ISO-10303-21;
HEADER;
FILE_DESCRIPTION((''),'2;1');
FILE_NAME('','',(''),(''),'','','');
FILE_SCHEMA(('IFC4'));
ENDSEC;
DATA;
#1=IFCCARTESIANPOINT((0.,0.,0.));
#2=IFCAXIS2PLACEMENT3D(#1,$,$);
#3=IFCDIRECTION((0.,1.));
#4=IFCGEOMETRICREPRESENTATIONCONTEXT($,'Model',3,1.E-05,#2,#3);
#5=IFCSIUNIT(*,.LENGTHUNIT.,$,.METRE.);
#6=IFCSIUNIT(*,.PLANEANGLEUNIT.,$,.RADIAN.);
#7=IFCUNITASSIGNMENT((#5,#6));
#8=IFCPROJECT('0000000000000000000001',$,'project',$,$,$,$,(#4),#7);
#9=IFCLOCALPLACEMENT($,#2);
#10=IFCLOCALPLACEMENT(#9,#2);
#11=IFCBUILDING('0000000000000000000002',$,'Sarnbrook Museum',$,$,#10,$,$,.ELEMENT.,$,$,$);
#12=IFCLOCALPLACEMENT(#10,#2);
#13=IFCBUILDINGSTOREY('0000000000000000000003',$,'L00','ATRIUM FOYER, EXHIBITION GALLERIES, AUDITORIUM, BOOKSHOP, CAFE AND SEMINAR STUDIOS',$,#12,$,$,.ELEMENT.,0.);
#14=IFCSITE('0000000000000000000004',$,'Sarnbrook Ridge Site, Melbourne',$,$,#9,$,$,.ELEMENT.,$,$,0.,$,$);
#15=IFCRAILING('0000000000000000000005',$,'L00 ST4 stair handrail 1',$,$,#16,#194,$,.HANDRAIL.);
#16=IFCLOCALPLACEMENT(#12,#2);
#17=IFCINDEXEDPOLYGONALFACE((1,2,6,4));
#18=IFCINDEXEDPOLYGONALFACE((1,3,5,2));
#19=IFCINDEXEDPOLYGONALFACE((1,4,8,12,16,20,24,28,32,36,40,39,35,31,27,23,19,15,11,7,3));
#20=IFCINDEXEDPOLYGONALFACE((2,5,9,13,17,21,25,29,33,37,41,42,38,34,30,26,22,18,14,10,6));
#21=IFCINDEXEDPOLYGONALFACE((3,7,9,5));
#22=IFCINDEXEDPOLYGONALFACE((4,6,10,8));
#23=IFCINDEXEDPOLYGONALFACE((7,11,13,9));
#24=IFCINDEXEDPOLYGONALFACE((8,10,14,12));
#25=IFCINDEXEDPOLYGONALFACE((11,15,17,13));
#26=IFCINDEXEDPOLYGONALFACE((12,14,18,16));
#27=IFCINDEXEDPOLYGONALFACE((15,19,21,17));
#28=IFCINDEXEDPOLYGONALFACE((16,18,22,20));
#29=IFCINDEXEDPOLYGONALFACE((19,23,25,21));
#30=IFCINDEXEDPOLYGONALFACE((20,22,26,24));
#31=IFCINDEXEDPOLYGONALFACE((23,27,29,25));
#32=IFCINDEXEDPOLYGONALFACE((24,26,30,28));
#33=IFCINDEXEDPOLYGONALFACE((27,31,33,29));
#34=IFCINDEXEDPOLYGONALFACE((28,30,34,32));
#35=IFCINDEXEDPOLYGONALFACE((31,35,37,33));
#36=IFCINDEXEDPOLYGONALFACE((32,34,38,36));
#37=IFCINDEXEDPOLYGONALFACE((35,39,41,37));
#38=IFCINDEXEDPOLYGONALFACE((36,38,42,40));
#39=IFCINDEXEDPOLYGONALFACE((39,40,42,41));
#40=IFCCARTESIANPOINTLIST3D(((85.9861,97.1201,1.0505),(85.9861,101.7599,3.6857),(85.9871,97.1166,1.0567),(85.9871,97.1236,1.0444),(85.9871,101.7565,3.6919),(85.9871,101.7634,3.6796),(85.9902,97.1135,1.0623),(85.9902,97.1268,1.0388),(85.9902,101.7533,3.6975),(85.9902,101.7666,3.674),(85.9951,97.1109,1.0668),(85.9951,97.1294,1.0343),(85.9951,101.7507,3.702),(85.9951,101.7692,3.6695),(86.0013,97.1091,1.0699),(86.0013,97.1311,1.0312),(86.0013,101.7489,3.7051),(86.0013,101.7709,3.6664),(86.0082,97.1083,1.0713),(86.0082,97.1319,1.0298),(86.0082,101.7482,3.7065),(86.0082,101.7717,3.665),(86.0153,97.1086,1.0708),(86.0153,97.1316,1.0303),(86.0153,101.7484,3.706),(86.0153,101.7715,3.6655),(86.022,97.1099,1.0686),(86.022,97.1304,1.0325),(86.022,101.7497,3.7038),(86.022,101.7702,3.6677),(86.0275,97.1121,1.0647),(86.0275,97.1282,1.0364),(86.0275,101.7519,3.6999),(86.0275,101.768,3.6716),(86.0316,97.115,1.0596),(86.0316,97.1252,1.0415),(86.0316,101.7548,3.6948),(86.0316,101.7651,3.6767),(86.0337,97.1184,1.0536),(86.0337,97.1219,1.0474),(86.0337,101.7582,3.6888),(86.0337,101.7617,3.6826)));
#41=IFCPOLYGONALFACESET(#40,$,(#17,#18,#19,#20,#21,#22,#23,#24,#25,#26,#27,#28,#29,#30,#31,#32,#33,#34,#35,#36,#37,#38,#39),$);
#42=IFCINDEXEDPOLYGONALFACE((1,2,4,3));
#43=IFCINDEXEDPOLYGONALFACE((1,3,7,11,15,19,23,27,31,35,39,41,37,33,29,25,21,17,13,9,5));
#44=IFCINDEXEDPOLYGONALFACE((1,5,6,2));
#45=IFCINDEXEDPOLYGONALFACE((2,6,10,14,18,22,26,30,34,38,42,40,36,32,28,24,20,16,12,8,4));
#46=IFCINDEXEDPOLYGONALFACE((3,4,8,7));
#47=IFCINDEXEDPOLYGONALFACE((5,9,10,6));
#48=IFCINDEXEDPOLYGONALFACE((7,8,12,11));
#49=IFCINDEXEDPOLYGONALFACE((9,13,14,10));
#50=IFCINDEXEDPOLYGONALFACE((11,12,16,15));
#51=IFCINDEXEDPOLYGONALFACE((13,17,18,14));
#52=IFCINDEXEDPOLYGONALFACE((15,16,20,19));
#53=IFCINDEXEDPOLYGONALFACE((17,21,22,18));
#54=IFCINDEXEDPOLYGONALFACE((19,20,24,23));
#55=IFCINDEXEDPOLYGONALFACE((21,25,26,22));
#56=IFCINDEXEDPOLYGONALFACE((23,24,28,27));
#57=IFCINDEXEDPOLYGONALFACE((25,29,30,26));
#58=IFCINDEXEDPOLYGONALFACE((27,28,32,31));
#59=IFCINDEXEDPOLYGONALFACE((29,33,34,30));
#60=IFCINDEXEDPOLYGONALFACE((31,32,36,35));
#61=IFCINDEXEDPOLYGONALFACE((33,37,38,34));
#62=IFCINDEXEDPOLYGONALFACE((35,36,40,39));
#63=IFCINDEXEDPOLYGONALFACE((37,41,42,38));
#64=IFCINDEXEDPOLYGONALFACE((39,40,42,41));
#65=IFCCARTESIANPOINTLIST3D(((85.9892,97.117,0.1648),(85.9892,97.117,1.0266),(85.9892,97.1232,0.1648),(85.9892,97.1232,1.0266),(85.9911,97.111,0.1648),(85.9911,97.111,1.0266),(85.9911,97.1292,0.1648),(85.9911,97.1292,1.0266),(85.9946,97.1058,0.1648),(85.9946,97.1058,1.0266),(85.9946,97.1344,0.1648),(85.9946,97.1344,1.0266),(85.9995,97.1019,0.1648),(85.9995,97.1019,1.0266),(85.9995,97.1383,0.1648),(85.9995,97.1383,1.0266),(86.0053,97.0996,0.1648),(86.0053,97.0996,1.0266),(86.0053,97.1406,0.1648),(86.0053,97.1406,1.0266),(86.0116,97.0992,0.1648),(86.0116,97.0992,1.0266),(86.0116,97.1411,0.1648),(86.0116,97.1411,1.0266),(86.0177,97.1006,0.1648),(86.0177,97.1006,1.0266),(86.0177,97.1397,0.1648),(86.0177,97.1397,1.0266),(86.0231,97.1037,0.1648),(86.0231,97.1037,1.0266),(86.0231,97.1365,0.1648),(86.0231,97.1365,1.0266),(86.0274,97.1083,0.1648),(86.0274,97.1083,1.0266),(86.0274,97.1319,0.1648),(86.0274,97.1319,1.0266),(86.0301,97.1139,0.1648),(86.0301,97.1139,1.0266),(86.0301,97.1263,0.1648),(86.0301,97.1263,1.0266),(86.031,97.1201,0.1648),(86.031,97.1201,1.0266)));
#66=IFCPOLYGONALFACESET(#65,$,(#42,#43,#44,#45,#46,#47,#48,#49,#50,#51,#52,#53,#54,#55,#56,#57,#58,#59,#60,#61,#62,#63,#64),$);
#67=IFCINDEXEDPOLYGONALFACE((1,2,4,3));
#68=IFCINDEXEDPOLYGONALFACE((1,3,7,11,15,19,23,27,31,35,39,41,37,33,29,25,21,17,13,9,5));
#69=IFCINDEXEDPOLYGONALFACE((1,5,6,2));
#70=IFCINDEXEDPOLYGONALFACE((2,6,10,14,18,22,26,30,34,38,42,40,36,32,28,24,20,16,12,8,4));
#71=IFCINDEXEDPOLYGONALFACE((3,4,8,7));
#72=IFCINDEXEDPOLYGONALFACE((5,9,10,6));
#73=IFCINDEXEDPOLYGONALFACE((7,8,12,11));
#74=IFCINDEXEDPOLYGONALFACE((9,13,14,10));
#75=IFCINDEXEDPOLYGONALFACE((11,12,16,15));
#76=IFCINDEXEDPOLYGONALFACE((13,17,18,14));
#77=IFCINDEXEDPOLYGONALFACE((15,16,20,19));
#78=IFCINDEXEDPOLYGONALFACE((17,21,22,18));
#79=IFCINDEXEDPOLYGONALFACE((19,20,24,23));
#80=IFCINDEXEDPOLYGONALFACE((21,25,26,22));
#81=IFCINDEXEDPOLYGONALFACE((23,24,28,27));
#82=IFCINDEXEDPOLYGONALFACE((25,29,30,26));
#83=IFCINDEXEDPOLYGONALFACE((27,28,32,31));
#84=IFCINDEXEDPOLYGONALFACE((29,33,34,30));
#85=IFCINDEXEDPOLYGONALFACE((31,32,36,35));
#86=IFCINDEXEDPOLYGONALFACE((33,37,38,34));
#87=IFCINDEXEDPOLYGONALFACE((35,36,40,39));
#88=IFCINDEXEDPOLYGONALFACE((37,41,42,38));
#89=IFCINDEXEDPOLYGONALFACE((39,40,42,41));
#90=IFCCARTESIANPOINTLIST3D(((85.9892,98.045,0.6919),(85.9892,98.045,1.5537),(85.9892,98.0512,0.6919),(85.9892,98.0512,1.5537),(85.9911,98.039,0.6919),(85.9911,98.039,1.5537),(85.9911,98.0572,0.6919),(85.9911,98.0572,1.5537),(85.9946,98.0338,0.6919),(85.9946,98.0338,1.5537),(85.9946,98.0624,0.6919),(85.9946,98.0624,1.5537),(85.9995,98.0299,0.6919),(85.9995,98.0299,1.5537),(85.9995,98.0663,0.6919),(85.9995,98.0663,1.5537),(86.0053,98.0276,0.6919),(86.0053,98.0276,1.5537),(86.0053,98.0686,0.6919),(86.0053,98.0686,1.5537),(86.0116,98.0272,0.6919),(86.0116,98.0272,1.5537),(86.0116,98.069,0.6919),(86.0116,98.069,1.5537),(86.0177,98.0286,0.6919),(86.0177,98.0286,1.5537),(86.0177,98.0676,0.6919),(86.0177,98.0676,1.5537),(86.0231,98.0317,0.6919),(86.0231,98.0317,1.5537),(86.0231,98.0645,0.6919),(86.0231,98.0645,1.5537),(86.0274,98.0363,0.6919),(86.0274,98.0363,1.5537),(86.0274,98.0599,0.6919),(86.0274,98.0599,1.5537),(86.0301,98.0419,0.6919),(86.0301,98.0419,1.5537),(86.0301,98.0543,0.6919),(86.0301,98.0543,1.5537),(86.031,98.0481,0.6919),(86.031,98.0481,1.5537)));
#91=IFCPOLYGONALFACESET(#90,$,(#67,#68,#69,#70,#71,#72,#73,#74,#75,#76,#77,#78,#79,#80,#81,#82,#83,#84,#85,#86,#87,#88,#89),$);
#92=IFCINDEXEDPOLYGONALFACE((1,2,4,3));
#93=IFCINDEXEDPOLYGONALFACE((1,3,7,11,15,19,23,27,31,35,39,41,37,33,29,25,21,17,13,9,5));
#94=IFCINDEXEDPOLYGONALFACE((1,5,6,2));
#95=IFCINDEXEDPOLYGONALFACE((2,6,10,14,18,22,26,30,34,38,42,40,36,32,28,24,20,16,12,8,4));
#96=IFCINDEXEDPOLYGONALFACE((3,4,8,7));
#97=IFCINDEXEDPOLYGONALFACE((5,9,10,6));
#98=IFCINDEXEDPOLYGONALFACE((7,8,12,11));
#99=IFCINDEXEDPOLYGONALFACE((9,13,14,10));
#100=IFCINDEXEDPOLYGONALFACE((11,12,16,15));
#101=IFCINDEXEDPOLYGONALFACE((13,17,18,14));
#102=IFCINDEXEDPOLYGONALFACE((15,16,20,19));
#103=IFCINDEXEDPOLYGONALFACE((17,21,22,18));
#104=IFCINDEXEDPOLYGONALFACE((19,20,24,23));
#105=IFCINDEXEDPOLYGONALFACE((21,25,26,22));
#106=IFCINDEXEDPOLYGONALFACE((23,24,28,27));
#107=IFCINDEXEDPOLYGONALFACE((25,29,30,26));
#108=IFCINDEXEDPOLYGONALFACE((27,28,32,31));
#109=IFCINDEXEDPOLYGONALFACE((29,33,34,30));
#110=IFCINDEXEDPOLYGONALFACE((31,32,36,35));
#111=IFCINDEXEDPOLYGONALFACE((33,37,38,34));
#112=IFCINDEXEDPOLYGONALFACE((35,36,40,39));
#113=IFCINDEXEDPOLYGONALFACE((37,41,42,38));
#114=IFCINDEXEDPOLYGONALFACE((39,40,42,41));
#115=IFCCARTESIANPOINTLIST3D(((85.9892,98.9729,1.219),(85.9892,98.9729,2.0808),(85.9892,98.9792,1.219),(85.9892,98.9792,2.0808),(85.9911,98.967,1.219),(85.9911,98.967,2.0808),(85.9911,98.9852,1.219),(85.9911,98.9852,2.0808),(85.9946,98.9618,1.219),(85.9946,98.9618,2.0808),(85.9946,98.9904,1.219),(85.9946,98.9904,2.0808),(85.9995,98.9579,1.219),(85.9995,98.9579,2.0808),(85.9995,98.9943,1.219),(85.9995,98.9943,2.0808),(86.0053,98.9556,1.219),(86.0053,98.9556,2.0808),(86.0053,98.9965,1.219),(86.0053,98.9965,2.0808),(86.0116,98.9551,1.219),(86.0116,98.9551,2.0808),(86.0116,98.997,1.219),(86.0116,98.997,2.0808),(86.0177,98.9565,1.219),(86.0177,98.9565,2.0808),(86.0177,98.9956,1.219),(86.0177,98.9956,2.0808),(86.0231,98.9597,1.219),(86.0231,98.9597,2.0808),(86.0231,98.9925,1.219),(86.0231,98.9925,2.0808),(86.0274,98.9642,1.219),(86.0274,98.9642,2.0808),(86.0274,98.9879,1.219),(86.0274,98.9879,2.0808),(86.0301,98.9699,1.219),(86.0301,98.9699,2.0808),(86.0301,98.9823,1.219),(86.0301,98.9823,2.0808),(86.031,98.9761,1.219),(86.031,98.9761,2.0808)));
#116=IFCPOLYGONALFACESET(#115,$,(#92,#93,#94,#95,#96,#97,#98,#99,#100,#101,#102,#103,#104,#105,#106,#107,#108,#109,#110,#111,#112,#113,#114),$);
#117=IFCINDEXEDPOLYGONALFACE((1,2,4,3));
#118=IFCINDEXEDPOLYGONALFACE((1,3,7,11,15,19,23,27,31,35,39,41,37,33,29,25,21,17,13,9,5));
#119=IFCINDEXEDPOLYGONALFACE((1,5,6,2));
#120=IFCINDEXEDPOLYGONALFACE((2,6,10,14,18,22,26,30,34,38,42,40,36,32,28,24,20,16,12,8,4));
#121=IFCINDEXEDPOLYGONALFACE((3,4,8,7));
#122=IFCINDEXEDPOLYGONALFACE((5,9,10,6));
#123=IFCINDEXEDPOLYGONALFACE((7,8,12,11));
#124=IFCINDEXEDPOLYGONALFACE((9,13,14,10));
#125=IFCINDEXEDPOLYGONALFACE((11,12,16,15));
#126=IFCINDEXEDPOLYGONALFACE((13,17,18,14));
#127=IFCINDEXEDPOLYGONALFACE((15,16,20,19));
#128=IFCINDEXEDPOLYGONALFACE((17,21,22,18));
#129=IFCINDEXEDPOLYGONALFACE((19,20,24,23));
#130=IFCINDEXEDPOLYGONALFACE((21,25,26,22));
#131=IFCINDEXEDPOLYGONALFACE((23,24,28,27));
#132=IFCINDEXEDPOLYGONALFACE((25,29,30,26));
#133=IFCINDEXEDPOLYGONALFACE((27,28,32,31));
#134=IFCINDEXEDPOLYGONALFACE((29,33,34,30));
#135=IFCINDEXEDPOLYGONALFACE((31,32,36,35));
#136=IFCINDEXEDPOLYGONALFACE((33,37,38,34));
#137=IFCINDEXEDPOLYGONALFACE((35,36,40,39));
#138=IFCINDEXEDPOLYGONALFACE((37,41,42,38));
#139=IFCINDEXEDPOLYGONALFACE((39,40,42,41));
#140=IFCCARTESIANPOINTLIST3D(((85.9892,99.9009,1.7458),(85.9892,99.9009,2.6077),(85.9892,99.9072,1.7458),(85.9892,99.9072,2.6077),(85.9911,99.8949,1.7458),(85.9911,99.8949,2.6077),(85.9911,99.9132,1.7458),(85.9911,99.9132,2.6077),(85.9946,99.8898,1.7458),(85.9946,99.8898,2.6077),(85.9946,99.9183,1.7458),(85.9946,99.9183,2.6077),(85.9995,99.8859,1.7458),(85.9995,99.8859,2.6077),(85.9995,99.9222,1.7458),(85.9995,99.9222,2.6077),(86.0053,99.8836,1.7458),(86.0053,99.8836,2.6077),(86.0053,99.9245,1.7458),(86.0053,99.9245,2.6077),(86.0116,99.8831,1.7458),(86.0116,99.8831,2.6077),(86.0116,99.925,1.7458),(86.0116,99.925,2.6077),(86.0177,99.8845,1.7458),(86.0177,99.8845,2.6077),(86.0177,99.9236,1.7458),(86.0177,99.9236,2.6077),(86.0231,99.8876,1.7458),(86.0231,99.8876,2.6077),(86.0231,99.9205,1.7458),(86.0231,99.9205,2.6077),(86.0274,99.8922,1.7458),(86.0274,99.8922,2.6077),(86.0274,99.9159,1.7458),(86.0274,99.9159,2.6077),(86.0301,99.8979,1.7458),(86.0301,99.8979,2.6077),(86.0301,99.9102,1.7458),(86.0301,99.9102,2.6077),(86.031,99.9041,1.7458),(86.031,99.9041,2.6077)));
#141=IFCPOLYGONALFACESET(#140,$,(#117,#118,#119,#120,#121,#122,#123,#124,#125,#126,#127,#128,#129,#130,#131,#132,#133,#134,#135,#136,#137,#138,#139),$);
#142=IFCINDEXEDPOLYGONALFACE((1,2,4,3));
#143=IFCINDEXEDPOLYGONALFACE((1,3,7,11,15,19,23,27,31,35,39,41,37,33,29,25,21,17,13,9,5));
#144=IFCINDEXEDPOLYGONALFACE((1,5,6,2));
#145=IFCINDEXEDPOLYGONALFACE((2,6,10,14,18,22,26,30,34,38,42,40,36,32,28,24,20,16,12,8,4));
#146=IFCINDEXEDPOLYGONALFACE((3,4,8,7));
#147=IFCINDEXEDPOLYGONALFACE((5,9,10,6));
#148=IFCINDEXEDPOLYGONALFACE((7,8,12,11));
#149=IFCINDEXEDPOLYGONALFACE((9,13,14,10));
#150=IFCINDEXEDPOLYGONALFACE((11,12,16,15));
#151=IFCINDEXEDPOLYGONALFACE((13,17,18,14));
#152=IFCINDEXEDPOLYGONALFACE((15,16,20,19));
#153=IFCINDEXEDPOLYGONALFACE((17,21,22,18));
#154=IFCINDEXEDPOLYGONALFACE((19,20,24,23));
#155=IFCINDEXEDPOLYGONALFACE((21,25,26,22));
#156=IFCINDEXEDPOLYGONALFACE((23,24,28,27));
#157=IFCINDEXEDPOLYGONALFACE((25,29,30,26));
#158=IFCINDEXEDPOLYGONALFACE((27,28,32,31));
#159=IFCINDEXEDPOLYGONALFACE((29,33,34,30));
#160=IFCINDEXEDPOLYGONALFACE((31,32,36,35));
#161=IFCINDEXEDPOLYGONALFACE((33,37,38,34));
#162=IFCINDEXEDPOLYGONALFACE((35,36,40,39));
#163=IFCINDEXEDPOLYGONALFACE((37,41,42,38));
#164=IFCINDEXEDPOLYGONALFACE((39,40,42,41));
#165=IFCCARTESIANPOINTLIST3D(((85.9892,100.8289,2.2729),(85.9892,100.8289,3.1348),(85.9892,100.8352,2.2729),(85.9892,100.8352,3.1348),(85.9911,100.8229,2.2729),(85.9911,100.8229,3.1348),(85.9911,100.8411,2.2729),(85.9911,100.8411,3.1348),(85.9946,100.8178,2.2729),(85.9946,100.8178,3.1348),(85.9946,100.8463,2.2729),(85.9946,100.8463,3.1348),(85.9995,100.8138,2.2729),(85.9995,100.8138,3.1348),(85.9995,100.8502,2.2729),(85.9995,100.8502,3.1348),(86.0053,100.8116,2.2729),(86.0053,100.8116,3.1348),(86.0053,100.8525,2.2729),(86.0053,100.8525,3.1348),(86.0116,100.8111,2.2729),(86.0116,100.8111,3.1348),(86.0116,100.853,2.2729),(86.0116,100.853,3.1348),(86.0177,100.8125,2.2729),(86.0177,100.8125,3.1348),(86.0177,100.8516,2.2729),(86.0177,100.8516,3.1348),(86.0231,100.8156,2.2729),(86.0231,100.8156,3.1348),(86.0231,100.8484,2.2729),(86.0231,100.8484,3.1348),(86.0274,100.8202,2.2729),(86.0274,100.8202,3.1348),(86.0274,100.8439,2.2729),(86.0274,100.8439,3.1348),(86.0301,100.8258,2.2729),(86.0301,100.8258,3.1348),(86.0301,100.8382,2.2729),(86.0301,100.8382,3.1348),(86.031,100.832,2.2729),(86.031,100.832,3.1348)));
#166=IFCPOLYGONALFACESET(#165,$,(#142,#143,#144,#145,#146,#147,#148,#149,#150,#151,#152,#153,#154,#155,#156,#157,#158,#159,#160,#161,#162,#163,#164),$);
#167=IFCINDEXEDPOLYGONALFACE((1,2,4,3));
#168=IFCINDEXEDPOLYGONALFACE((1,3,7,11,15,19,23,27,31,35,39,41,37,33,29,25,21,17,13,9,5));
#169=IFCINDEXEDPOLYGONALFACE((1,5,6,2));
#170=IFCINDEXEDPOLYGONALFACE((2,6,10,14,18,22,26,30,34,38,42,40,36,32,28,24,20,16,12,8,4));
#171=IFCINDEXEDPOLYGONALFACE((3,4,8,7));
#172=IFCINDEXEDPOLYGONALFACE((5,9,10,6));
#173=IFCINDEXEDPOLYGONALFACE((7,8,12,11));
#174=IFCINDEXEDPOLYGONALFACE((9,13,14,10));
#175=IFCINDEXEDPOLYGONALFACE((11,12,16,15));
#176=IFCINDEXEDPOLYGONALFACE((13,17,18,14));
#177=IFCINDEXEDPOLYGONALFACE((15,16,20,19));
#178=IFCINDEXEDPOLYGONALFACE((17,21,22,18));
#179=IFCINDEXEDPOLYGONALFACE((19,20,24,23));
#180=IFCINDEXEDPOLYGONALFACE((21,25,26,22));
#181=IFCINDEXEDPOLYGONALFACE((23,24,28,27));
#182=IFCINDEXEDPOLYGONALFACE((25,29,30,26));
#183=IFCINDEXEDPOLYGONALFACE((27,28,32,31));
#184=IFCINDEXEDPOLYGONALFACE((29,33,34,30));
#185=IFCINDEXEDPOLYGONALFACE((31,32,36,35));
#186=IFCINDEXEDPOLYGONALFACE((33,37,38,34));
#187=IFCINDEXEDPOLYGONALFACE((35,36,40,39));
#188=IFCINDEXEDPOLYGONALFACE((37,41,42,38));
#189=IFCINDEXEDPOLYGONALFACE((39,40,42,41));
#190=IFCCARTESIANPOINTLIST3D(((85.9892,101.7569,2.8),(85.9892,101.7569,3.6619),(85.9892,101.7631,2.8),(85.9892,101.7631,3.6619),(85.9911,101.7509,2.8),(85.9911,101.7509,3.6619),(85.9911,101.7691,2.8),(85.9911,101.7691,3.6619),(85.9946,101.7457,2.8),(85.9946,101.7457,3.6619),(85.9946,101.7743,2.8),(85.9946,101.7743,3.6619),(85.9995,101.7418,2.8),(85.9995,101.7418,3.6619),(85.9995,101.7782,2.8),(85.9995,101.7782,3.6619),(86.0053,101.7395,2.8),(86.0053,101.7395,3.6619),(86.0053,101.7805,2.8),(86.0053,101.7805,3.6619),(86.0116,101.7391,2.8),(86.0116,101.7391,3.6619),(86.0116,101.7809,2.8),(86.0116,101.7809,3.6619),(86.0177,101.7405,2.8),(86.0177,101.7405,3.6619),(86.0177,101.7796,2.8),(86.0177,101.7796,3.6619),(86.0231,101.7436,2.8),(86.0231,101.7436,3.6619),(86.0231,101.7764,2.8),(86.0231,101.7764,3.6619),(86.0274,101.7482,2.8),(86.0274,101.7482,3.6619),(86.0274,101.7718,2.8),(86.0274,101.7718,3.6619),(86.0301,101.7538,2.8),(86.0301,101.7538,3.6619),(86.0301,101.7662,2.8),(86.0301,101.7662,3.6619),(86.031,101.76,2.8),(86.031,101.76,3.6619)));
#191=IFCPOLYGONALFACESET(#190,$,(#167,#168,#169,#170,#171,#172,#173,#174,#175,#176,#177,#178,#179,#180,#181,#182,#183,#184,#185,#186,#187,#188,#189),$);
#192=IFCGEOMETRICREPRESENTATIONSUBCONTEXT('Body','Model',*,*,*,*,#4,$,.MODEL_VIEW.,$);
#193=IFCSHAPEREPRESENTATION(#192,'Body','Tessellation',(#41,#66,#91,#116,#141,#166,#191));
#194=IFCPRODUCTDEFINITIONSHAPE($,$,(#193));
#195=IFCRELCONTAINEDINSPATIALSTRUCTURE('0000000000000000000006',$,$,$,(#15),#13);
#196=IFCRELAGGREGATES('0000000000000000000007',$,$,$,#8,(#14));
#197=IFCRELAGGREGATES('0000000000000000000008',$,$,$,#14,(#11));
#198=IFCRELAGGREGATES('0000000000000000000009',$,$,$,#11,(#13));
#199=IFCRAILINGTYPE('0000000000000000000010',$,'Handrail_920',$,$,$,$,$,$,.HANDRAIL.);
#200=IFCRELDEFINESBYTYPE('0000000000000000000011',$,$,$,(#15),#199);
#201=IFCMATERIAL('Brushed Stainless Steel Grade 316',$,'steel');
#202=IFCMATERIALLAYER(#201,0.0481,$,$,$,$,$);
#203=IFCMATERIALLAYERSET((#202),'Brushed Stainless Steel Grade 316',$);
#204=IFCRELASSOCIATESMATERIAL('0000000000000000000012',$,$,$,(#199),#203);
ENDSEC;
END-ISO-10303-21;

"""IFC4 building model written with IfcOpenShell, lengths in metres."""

from ifc_helpers import new_model, si_unit, direction, frame, origin, origin_2d, place, context, subcontext, project, spatial, circle, extrude, material, layer, layer_set, type_object, element, save


model = new_model("IFC4")

# Units and contexts
model_context = context("Model", 3, precision=1e-05, world=origin(), true_north=direction((0.0, 1.0)))
body_context = subcontext(model_context, "Body", "Model", "MODEL_VIEW")
ifc_project = project(units=[si_unit("LENGTHUNIT", "METRE"), si_unit("PLANEANGLEUNIT", "RADIAN")], contexts=[model_context])

# Site, building, storey
site_placement = place(None, origin())
site = spatial("IfcSite", under=ifc_project, at=site_placement, Name="Sarnbrook Ridge Site, Melbourne", CompositionType="ELEMENT", RefElevation=0.0)
building_placement = place(site_placement, origin())
building = spatial("IfcBuilding", under=site, at=building_placement, Name="Sarnbrook Museum", CompositionType="ELEMENT")
storey_placement = place(building_placement, origin())
storey = spatial("IfcBuildingStorey", under=building, at=storey_placement, Name="L00", Description="ATRIUM FOYER, EXHIBITION GALLERIES, AUDITORIUM, BOOKSHOP, CAFE AND SEMINAR STUDIOS", CompositionType="ELEMENT", Elevation=0.0)

# Shared definitions
ifc_material_1 = material(Name="Brushed Stainless Steel Grade 316", Category="steel")

# Railing
ifc_layer_1 = layer(ifc_material_1, 0.0481)
ifc_layer_set_1 = layer_set([ifc_layer_1], Name="Brushed Stainless Steel Grade 316")
railing_type_1 = type_object("IfcRailingType", Name="Handrail_920", PredefinedType="HANDRAIL", material=ifc_layer_set_1)
railing_1_placement = place(storey_placement, frame((86.01, 97.1201, 0.1648)))
element("IfcRailing", 1, at=railing_1_placement, inside=storey, type_object=railing_type_1, Name="L00 ST4 stair handrail 1", PredefinedType="HANDRAIL", context=body_context, shape_type="SweptSolid", body=[
    extrude(circle(Radius=0.0239, at=origin_2d()), frame((0.0, 0.0, 0.8857), z_axis=(0.0, 0.869541, 0.493861), x_axis=(-1.0, 0.0, 0.0)), (0.0, 0.0, 1.0), 5.3359),
    extrude(circle(Radius=0.021, at=origin_2d()), origin(), (0.0, 0.0, 1.0), 0.8618),
    extrude(circle(Radius=0.021, at=origin_2d()), frame((0.0, 0.928, 0.5271)), (0.0, 0.0, 1.0), 0.8618),
    extrude(circle(Radius=0.021, at=origin_2d()), frame((0.0, 1.856, 1.0542)), (0.0, 0.0, 1.0), 0.8618),
    extrude(circle(Radius=0.021, at=origin_2d()), frame((0.0, 2.7839, 1.5811)), (0.0, 0.0, 1.0), 0.8618),
    extrude(circle(Radius=0.021, at=origin_2d()), frame((0.0, 3.7119, 2.1082)), (0.0, 0.0, 1.0), 0.8618),
    extrude(circle(Radius=0.021, at=origin_2d()), frame((0.0, 4.6399, 2.6353)), (0.0, 0.0, 1.0), 0.8618),
])

save(model, "model.ifc")
